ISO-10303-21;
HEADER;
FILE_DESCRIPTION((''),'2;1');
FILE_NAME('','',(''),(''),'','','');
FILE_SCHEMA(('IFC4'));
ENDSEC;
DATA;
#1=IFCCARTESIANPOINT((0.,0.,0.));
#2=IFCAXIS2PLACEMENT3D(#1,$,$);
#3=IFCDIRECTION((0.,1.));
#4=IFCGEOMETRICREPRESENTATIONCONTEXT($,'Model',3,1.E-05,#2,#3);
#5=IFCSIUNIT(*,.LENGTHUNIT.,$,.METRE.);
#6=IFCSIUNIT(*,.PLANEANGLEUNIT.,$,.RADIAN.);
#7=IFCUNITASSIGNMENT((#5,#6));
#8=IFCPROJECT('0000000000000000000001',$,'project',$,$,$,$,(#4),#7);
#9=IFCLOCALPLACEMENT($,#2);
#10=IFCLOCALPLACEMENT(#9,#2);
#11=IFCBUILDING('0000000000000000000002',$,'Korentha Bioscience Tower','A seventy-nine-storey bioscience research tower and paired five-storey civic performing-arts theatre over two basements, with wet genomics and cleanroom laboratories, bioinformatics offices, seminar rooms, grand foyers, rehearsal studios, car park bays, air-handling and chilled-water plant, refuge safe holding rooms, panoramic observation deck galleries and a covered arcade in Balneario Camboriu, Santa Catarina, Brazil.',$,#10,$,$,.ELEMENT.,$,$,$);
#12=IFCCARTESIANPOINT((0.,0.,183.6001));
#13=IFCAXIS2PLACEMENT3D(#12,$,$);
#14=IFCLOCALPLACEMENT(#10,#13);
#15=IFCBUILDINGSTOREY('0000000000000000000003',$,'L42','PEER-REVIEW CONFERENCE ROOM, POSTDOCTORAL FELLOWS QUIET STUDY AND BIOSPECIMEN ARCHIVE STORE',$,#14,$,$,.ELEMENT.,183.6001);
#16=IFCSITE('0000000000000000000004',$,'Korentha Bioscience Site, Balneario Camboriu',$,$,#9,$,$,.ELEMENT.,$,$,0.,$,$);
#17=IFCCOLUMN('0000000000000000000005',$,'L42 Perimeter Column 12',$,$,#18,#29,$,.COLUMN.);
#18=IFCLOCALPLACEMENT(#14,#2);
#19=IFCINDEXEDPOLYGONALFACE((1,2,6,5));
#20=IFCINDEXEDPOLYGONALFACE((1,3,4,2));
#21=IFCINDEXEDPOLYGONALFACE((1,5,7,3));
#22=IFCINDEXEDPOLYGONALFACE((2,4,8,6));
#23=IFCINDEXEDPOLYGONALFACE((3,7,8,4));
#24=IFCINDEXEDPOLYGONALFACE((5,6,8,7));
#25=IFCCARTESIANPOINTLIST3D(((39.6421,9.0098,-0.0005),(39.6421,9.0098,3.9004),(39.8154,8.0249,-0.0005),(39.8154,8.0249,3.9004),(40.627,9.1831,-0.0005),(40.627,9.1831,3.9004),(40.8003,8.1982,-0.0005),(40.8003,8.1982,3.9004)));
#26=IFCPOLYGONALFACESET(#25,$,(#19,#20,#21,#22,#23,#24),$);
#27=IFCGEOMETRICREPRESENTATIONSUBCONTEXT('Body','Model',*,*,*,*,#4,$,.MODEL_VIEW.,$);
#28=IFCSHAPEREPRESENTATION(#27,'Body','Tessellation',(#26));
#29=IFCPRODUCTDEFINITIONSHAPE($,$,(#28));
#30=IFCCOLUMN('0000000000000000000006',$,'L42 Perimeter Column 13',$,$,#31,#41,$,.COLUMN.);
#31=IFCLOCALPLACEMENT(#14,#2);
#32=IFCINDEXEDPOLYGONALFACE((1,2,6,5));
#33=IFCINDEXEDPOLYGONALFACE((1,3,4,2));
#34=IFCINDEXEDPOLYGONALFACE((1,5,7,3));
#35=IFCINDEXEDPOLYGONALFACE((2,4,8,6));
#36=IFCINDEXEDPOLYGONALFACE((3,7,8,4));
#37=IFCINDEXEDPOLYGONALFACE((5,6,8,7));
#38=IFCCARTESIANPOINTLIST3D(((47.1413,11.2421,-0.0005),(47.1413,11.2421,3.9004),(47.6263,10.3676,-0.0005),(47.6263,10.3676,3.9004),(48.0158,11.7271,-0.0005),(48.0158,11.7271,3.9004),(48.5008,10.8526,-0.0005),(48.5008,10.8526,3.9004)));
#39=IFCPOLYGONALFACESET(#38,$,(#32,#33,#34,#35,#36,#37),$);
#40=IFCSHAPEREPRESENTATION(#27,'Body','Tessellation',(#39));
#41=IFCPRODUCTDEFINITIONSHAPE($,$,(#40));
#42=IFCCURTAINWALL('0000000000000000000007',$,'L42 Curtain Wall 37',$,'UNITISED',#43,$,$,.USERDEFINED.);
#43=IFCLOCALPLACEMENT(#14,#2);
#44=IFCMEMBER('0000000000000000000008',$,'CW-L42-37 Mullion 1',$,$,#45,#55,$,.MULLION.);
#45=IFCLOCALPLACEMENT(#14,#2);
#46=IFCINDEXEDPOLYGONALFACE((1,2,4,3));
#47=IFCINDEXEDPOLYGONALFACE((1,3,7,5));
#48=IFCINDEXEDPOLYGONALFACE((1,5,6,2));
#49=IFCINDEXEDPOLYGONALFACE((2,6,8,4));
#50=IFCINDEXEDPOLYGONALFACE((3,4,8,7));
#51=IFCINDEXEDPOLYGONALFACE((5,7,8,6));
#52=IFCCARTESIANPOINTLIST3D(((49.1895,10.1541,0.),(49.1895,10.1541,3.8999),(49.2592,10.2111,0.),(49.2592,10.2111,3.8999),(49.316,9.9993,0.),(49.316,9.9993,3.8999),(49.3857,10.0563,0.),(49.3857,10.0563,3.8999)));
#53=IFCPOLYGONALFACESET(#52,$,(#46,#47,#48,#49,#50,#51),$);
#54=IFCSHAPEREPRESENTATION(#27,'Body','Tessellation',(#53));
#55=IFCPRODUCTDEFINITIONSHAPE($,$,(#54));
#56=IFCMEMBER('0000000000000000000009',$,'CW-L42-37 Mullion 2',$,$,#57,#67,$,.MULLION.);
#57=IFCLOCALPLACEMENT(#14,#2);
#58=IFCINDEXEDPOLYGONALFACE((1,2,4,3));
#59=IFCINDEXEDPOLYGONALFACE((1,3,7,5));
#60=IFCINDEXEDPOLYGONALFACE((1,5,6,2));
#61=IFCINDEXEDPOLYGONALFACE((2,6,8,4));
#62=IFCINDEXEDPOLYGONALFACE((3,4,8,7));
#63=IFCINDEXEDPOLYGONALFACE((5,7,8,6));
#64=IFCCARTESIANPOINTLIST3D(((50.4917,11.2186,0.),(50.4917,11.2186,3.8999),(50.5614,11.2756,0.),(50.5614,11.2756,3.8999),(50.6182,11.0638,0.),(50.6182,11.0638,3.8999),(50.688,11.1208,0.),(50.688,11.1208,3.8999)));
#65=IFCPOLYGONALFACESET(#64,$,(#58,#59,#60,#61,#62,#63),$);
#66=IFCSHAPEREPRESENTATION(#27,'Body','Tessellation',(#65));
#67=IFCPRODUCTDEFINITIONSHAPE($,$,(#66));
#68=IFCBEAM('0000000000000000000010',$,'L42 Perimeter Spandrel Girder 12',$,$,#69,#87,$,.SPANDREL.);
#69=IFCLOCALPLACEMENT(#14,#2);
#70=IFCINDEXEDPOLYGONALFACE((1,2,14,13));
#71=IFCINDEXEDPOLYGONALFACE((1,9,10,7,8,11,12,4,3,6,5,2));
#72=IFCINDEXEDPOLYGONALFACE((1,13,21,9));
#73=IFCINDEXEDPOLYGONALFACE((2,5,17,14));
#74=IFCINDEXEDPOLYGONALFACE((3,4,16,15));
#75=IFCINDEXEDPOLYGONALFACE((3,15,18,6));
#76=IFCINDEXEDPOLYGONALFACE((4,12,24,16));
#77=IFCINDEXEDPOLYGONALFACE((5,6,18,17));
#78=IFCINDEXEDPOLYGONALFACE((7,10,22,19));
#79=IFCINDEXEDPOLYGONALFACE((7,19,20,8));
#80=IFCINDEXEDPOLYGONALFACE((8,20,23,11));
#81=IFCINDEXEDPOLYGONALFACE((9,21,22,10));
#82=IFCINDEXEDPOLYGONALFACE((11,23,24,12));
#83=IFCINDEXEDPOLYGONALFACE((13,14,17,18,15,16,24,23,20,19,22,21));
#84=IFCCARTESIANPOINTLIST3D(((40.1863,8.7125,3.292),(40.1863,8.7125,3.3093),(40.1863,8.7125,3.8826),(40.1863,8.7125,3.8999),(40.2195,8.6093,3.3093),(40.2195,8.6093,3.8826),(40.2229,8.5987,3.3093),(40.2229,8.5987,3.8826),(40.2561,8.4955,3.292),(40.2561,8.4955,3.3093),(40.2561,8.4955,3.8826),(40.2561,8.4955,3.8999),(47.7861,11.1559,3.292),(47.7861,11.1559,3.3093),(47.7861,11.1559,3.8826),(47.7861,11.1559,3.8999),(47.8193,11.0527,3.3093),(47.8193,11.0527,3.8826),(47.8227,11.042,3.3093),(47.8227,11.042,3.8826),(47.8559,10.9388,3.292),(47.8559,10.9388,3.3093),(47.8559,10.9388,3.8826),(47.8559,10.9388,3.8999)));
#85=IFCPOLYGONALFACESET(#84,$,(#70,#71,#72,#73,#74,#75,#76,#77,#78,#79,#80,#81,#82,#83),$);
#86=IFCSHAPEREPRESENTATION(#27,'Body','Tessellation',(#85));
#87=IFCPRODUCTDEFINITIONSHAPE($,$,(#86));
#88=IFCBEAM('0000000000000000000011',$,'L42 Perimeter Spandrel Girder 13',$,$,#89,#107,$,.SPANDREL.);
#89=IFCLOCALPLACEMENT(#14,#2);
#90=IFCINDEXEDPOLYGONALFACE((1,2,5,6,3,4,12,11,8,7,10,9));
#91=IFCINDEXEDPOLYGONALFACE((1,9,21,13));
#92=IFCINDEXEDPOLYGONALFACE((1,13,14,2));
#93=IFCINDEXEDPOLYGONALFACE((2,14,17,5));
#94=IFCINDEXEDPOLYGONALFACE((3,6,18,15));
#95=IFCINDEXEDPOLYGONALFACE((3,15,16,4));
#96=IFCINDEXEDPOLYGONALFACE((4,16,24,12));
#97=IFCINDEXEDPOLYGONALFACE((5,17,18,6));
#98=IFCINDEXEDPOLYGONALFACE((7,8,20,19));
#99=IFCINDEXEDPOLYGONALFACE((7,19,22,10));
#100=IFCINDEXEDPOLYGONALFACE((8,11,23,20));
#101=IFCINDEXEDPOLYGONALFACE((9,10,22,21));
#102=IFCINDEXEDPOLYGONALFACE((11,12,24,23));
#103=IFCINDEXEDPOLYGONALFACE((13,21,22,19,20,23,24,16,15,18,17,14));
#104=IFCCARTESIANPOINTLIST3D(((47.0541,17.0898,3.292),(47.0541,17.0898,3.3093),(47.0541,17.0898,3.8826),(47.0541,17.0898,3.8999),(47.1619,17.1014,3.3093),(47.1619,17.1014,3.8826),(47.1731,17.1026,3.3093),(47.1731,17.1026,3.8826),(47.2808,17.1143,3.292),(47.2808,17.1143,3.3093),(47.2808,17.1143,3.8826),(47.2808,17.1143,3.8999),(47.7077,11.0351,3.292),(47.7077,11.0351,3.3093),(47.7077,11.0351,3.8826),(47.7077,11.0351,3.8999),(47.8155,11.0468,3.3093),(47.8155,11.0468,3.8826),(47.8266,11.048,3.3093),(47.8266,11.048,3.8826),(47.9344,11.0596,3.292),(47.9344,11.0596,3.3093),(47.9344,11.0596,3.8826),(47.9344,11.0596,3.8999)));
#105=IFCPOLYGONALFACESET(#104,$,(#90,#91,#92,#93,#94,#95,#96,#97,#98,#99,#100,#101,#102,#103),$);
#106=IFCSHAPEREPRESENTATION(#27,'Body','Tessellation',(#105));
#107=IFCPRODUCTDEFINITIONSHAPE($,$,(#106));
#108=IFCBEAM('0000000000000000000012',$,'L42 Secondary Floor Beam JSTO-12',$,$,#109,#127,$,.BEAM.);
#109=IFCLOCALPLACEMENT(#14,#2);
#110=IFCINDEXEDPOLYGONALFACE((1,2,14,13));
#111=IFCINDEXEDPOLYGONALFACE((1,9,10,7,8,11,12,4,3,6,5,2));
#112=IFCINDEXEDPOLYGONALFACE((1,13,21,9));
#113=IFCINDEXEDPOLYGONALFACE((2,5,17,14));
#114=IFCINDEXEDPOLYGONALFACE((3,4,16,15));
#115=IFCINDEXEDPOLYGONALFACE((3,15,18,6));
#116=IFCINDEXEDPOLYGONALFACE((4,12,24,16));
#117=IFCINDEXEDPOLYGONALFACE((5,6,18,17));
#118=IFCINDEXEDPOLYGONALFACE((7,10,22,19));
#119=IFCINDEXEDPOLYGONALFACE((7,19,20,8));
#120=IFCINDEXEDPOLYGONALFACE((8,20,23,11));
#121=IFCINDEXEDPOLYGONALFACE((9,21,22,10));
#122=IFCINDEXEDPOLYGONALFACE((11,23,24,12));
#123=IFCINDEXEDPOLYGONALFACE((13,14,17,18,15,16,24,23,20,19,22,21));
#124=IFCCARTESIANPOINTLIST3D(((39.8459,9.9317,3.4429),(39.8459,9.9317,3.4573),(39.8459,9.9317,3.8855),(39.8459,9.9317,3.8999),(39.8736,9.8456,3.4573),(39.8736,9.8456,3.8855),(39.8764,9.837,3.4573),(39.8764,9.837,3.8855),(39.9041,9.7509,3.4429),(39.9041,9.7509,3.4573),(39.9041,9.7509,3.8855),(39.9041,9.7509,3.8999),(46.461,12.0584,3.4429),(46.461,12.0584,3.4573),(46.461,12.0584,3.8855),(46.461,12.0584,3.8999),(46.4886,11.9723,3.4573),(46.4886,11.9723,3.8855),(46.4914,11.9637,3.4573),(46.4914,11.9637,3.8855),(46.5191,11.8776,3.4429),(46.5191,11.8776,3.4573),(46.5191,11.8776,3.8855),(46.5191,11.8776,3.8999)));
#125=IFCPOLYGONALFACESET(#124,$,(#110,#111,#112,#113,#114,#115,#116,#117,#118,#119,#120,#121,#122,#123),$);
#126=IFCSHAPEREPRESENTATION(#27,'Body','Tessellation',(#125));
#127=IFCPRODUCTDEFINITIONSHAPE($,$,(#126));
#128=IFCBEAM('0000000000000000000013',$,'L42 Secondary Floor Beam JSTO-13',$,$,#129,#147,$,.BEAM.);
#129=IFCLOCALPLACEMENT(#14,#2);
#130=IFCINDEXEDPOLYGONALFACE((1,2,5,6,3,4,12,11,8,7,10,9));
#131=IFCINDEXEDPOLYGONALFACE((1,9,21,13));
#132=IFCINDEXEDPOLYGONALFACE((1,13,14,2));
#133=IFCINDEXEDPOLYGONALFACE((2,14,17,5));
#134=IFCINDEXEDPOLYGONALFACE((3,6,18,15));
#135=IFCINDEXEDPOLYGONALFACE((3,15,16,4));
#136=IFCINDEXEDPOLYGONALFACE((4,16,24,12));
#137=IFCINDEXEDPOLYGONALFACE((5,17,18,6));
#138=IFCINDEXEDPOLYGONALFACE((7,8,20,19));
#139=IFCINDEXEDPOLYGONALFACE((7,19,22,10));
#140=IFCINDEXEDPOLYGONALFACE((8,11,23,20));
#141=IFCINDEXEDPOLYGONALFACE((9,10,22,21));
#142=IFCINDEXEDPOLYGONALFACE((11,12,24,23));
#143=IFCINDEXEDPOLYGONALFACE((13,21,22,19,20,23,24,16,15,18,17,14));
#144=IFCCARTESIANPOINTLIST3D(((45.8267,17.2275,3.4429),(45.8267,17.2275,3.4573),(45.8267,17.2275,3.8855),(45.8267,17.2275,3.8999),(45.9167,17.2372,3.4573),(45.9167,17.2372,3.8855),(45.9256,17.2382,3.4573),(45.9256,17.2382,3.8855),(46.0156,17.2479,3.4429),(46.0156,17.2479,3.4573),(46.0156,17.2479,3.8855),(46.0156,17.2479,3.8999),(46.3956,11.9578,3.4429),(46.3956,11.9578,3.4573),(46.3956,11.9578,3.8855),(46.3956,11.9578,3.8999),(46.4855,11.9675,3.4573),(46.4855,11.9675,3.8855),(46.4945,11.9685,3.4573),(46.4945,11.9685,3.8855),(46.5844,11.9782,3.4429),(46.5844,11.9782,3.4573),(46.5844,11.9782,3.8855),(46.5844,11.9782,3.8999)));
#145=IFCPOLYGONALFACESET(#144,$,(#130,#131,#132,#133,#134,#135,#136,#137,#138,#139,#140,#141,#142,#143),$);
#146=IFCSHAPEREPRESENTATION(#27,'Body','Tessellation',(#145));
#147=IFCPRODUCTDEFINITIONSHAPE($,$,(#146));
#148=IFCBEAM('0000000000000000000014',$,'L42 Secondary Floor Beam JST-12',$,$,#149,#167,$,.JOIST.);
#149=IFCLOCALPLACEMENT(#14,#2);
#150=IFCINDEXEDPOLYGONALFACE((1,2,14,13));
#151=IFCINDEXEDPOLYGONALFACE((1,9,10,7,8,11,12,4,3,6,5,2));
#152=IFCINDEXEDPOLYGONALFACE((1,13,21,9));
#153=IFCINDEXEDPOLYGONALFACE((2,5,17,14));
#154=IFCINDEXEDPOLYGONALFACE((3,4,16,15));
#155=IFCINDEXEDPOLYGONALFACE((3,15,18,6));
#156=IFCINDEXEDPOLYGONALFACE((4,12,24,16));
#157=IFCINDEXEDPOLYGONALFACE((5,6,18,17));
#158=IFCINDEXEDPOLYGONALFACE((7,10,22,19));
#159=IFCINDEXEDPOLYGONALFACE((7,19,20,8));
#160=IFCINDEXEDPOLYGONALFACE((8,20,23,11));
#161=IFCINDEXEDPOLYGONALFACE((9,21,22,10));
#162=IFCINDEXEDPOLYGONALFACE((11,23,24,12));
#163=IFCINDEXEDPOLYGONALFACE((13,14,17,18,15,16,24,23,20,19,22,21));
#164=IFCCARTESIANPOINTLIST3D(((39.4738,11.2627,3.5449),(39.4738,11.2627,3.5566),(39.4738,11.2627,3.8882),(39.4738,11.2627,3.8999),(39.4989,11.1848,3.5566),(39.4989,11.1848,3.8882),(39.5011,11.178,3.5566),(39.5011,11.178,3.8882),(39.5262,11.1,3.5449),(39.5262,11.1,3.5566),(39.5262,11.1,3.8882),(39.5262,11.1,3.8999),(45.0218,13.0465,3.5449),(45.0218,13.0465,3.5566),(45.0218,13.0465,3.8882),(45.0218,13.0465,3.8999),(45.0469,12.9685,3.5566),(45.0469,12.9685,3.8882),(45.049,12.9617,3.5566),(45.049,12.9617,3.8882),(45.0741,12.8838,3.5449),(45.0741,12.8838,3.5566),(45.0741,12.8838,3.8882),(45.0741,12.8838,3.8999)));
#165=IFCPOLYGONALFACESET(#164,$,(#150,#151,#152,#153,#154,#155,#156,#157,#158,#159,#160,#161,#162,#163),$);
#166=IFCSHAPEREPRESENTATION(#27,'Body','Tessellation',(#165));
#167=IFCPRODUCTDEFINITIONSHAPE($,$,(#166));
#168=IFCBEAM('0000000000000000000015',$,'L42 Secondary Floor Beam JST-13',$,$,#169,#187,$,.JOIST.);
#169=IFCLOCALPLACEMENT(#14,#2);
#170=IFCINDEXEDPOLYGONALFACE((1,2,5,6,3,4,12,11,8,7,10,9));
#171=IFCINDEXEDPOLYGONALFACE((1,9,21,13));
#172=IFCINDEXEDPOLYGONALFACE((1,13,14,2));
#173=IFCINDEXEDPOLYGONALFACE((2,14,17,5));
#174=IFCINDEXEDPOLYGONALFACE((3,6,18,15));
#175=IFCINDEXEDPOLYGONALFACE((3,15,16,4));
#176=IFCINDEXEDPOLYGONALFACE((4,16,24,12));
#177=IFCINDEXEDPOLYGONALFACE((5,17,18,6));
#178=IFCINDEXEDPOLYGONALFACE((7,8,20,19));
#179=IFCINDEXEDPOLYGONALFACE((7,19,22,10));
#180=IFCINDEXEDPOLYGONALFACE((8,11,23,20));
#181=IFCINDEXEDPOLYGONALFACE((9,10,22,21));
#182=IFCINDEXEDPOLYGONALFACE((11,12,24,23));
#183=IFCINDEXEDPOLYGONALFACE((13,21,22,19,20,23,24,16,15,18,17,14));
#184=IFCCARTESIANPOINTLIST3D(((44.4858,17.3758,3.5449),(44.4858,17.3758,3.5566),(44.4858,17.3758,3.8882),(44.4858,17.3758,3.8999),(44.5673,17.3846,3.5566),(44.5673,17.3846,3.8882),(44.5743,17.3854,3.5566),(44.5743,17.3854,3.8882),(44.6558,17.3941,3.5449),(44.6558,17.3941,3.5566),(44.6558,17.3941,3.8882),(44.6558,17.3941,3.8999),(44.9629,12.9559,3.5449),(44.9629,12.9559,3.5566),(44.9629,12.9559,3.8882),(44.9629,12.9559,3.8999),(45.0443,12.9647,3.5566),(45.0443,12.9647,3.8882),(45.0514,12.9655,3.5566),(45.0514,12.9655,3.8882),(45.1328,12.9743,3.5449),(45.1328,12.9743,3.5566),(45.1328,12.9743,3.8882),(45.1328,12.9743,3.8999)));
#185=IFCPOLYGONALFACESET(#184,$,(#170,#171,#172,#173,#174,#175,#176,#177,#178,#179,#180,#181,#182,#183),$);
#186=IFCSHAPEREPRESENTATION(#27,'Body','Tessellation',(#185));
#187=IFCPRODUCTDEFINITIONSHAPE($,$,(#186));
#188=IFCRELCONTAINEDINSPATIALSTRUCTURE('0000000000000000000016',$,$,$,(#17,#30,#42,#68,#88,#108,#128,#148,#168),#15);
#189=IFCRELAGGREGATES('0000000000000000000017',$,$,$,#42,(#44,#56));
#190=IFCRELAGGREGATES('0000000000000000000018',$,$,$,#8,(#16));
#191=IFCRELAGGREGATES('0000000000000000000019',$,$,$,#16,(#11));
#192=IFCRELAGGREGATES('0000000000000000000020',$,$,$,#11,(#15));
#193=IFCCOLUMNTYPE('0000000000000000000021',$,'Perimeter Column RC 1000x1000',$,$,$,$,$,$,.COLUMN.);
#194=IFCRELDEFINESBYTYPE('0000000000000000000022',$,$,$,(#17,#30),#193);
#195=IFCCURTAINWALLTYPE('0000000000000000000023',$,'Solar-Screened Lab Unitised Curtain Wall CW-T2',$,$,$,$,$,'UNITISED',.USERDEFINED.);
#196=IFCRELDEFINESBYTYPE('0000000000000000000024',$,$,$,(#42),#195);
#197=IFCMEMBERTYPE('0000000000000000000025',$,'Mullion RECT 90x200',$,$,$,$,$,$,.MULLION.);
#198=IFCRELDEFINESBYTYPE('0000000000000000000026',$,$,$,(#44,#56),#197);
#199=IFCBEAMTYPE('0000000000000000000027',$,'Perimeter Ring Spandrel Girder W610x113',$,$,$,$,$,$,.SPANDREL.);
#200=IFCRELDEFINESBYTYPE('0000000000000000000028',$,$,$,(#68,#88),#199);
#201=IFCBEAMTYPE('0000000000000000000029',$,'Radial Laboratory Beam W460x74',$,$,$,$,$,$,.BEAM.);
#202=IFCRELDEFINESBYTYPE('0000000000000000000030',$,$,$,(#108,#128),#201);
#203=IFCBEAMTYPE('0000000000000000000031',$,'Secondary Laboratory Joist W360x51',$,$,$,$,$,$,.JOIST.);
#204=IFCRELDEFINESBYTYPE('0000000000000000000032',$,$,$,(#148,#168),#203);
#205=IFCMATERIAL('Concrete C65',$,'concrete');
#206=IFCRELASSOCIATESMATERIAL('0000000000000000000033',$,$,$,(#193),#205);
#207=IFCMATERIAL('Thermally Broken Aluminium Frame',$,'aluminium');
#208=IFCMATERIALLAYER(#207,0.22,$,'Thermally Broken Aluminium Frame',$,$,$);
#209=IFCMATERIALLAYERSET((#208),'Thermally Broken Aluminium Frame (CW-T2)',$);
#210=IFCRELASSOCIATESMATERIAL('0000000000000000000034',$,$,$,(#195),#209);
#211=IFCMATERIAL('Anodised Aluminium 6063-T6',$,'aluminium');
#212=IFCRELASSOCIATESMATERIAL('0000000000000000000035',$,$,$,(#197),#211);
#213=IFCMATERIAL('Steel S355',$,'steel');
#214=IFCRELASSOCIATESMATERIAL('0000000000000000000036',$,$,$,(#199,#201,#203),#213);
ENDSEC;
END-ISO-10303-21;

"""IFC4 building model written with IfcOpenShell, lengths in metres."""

from ifc_helpers import new_model, si_unit, direction, frame, origin, origin_2d, place, context, subcontext, project, spatial, rectangle, i_section, extrude, material, layer, layer_set, material_profile, profile_set, type_object, element, aggregate, save


model = new_model("IFC4")

# Units and contexts
model_context = context("Model", 3, precision=1e-05, world=origin(), true_north=direction((0.0, 1.0)))
body_context = subcontext(model_context, "Body", "Model", "MODEL_VIEW")
ifc_project = project(units=[si_unit("LENGTHUNIT", "METRE"), si_unit("PLANEANGLEUNIT", "RADIAN")], contexts=[model_context])

# Site, building, storey
site_placement = place(None, origin())
site = spatial("IfcSite", under=ifc_project, at=site_placement, Name="Korentha Bioscience Site, Balneario Camboriu", CompositionType="ELEMENT", RefElevation=0.0)
building_placement = place(site_placement, origin())
building = spatial("IfcBuilding", under=site, at=building_placement, Name="Korentha Bioscience Tower", Description="A seventy-nine-storey bioscience research tower and paired five-storey civic performing-arts theatre over two basements, with wet genomics and cleanroom laboratories, bioinformatics offices, seminar rooms, grand foyers, rehearsal studios, car park bays, air-handling and chilled-water plant, refuge safe holding rooms, panoramic observation deck galleries and a covered arcade in Balneario Camboriu, Santa Catarina, Brazil.", CompositionType="ELEMENT")
storey_placement = place(building_placement, frame((0.0, 0.0, 183.6001)))
storey = spatial("IfcBuildingStorey", under=building, at=storey_placement, Name="L42", Description="PEER-REVIEW CONFERENCE ROOM, POSTDOCTORAL FELLOWS QUIET STUDY AND BIOSPECIMEN ARCHIVE STORE", CompositionType="ELEMENT", Elevation=183.6001)

# Columns
ifc_material_1 = material(Name="Concrete C65", Category="concrete")
ifc_material_profile_1 = material_profile(ifc_material_1, rectangle(XDim=1.0, YDim=1.0, at=origin_2d()), Name="Concrete C65")
ifc_profile_set_1 = profile_set([ifc_material_profile_1], Name="Concrete C65 (COL-P10)")
column_type = type_object("IfcColumnType", Name="Perimeter Column RC 1000x1000", PredefinedType="COLUMN", material=ifc_profile_set_1)
for number, where, z_axis, x_axis, name in (
    (1, (40.2212, 8.604, -0.0005), (0.0, 0.0, 1.0), (0.984868, 0.173304, 0.0), "L42 Perimeter Column 12"),
    (2, (47.821, 11.0474, -0.0005), (0.0, 0.0, 1.0), (0.874535, 0.484962, 0.0), "L42 Perimeter Column 13"),
):
    element("IfcColumn", number, at=place(storey_placement, frame(where, z_axis=z_axis, x_axis=x_axis)), inside=storey, type_object=column_type, Name=name, PredefinedType="COLUMN", context=body_context, shape_type="SweptSolid", body=[
        extrude(rectangle(XDim=1.0, YDim=1.0, at=origin_2d()), origin(), (0.0, 0.0, 1.0), 3.9009),
    ])

# Curtain wall, members
ifc_material_2 = material(Name="Thermally Broken Aluminium Frame", Category="aluminium")
ifc_layer_1 = layer(ifc_material_2, 0.22, Name="Thermally Broken Aluminium Frame")
ifc_layer_set_1 = layer_set([ifc_layer_1], Name="Thermally Broken Aluminium Frame (CW-T2)")
curtain_wall_type = type_object("IfcCurtainWallType", Name="Solar-Screened Lab Unitised Curtain Wall CW-T2", ElementType="UNITISED", PredefinedType="USERDEFINED", material=ifc_layer_set_1)
curtain_wall_placement = place(storey_placement, origin())
curtain_wall = element("IfcCurtainWall", 3, at=curtain_wall_placement, inside=storey, type_object=curtain_wall_type, Name="L42 Curtain Wall 37", ObjectType="UNITISED", PredefinedType="USERDEFINED")
ifc_material_3 = material(Name="Anodised Aluminium 6063-T6", Category="aluminium")
ifc_material_profile_2 = material_profile(ifc_material_3, rectangle(XDim=0.0901, YDim=0.2, at=origin_2d()), Name="Anodised Aluminium 6063-T6")
ifc_profile_set_2 = profile_set([ifc_material_profile_2], Name="Anodised Aluminium 6063-T6 (CW-MUL)")
member_type_1 = type_object("IfcMemberType", Name="Mullion RECT 90x200", PredefinedType="MULLION", material=ifc_profile_set_2)
member_1_placement = place(storey_placement, frame((49.2876, 10.1052, 0.0), z_axis=(0.0, 0.0, 1.0), x_axis=(0.774256, 0.632872, 0.0)))
member_1 = element("IfcMember", 4, at=member_1_placement, type_object=member_type_1, Name="CW-L42-37 Mullion 1", PredefinedType="MULLION", context=body_context, shape_type="SweptSolid", body=[
    extrude(rectangle(XDim=0.0901, YDim=0.2, at=origin_2d()), origin(), (0.0, 0.0, 1.0), 3.8999),
])
member_2_placement = place(storey_placement, frame((50.5898, 11.1697, 0.0), z_axis=(0.0, 0.0, 1.0), x_axis=(0.774256, 0.632872, 0.0)))
member_2 = element("IfcMember", 5, at=member_2_placement, type_object=member_type_1, Name="CW-L42-37 Mullion 2", PredefinedType="MULLION", context=body_context, shape_type="SweptSolid", body=[
    extrude(rectangle(XDim=0.0901, YDim=0.2, at=origin_2d()), origin(), (0.0, 0.0, 1.0), 3.8999),
])

# Beams
ifc_material_4 = material(Name="Steel S355", Category="steel")
ifc_material_profile_3 = material_profile(ifc_material_4, i_section(OverallWidth=0.228, OverallDepth=0.6079, WebThickness=0.0112, FlangeThickness=0.0173, at=origin_2d()), Name="Steel S355")
ifc_profile_set_3 = profile_set([ifc_material_profile_3], Name="Steel S355 (SB-610)")
beam_type_1 = type_object("IfcBeamType", Name="Perimeter Ring Spandrel Girder W610x113", PredefinedType="SPANDREL", material=ifc_profile_set_3)
beam_1_placement = place(storey_placement, frame((40.2212, 8.604, 3.5959), z_axis=(0.952009, 0.306072, 0.0), x_axis=(-0.306072, 0.952009, 0.0)))
element("IfcBeam", 6, at=beam_1_placement, inside=storey, type_object=beam_type_1, Name="L42 Perimeter Spandrel Girder 12", PredefinedType="SPANDREL", context=body_context, shape_type="SweptSolid", body=[
    extrude(i_section(OverallWidth=0.228, OverallDepth=0.6079, WebThickness=0.0112, FlangeThickness=0.0173, at=origin_2d()), origin(), (0.0, 0.0, 1.0), 7.9829),
])
beam_2_placement = place(storey_placement, frame((47.821, 11.0474, 3.5959), z_axis=(-0.10732, 0.994225, 0.0), x_axis=(-0.994225, -0.10732, 0.0)))
element("IfcBeam", 7, at=beam_2_placement, inside=storey, type_object=beam_type_1, Name="L42 Perimeter Spandrel Girder 13", PredefinedType="SPANDREL", context=body_context, shape_type="SweptSolid", body=[
    extrude(i_section(OverallWidth=0.228, OverallDepth=0.6079, WebThickness=0.0112, FlangeThickness=0.0173, at=origin_2d()), origin(), (0.0, 0.0, 1.0), 6.0898),
])
ifc_material_profile_4 = material_profile(ifc_material_4, i_section(OverallWidth=0.1899, OverallDepth=0.457, WebThickness=0.009, FlangeThickness=0.0144, at=origin_2d()), Name="Steel S355")
ifc_profile_set_4 = profile_set([ifc_material_profile_4], Name="Steel S355 (RB-460)")
beam_type_2 = type_object("IfcBeamType", Name="Radial Laboratory Beam W460x74", PredefinedType="BEAM", material=ifc_profile_set_4)
beam_3_placement = place(storey_placement, frame((39.875, 9.8413, 3.6714), z_axis=(0.952009, 0.306069, 0.0), x_axis=(-0.306069, 0.952009, 0.0)))
element("IfcBeam", 8, at=beam_3_placement, inside=storey, type_object=beam_type_2, Name="L42 Secondary Floor Beam JSTO-12", PredefinedType="BEAM", context=body_context, shape_type="SweptSolid", body=[
    extrude(i_section(OverallWidth=0.1899, OverallDepth=0.457, WebThickness=0.009, FlangeThickness=0.0144, at=origin_2d()), origin(), (0.0, 0.0, 1.0), 6.9485),
])
beam_4_placement = place(storey_placement, frame((46.49, 11.968, 3.6714), z_axis=(-0.107322, 0.994224, 0.0), x_axis=(-0.994224, -0.107322, 0.0)))
element("IfcBeam", 9, at=beam_4_placement, inside=storey, type_object=beam_type_2, Name="L42 Secondary Floor Beam JSTO-13", PredefinedType="BEAM", context=body_context, shape_type="SweptSolid", body=[
    extrude(i_section(OverallWidth=0.1899, OverallDepth=0.457, WebThickness=0.009, FlangeThickness=0.0144, at=origin_2d()), origin(), (0.0, 0.0, 1.0), 5.3003),
])
ifc_material_profile_5 = material_profile(ifc_material_4, i_section(OverallWidth=0.1709, OverallDepth=0.355, WebThickness=0.0071, FlangeThickness=0.0117, at=origin_2d()), Name="Steel S355")
ifc_profile_set_5 = profile_set([ifc_material_profile_5], Name="Steel S355 (JB-360)")
beam_type_3 = type_object("IfcBeamType", Name="Secondary Laboratory Joist W360x51", PredefinedType="JOIST", material=ifc_profile_set_5)
beam_5_placement = place(storey_placement, frame((39.5, 11.1814, 3.7224), z_axis=(0.952006, 0.30608, 0.0), x_axis=(-0.30608, 0.952006, 0.0)))
element("IfcBeam", 10, at=beam_5_placement, inside=storey, type_object=beam_type_3, Name="L42 Secondary Floor Beam JST-12", PredefinedType="JOIST", context=body_context, shape_type="SweptSolid", body=[
    extrude(i_section(OverallWidth=0.1709, OverallDepth=0.355, WebThickness=0.0071, FlangeThickness=0.0117, at=origin_2d()), origin(), (0.0, 0.0, 1.0), 5.8276),
])
beam_6_placement = place(storey_placement, frame((45.0479, 12.9651, 3.7224), z_axis=(-0.107309, 0.994226, 0.0), x_axis=(-0.994226, -0.107309, 0.0)))
element("IfcBeam", 11, at=beam_6_placement, inside=storey, type_object=beam_type_3, Name="L42 Secondary Floor Beam JST-13", PredefinedType="JOIST", context=body_context, shape_type="SweptSolid", body=[
    extrude(i_section(OverallWidth=0.1709, OverallDepth=0.355, WebThickness=0.0071, FlangeThickness=0.0117, at=origin_2d()), origin(), (0.0, 0.0, 1.0), 4.4456),
])

aggregate(curtain_wall, [member_1, member_2])

save(model, "model.ifc")
